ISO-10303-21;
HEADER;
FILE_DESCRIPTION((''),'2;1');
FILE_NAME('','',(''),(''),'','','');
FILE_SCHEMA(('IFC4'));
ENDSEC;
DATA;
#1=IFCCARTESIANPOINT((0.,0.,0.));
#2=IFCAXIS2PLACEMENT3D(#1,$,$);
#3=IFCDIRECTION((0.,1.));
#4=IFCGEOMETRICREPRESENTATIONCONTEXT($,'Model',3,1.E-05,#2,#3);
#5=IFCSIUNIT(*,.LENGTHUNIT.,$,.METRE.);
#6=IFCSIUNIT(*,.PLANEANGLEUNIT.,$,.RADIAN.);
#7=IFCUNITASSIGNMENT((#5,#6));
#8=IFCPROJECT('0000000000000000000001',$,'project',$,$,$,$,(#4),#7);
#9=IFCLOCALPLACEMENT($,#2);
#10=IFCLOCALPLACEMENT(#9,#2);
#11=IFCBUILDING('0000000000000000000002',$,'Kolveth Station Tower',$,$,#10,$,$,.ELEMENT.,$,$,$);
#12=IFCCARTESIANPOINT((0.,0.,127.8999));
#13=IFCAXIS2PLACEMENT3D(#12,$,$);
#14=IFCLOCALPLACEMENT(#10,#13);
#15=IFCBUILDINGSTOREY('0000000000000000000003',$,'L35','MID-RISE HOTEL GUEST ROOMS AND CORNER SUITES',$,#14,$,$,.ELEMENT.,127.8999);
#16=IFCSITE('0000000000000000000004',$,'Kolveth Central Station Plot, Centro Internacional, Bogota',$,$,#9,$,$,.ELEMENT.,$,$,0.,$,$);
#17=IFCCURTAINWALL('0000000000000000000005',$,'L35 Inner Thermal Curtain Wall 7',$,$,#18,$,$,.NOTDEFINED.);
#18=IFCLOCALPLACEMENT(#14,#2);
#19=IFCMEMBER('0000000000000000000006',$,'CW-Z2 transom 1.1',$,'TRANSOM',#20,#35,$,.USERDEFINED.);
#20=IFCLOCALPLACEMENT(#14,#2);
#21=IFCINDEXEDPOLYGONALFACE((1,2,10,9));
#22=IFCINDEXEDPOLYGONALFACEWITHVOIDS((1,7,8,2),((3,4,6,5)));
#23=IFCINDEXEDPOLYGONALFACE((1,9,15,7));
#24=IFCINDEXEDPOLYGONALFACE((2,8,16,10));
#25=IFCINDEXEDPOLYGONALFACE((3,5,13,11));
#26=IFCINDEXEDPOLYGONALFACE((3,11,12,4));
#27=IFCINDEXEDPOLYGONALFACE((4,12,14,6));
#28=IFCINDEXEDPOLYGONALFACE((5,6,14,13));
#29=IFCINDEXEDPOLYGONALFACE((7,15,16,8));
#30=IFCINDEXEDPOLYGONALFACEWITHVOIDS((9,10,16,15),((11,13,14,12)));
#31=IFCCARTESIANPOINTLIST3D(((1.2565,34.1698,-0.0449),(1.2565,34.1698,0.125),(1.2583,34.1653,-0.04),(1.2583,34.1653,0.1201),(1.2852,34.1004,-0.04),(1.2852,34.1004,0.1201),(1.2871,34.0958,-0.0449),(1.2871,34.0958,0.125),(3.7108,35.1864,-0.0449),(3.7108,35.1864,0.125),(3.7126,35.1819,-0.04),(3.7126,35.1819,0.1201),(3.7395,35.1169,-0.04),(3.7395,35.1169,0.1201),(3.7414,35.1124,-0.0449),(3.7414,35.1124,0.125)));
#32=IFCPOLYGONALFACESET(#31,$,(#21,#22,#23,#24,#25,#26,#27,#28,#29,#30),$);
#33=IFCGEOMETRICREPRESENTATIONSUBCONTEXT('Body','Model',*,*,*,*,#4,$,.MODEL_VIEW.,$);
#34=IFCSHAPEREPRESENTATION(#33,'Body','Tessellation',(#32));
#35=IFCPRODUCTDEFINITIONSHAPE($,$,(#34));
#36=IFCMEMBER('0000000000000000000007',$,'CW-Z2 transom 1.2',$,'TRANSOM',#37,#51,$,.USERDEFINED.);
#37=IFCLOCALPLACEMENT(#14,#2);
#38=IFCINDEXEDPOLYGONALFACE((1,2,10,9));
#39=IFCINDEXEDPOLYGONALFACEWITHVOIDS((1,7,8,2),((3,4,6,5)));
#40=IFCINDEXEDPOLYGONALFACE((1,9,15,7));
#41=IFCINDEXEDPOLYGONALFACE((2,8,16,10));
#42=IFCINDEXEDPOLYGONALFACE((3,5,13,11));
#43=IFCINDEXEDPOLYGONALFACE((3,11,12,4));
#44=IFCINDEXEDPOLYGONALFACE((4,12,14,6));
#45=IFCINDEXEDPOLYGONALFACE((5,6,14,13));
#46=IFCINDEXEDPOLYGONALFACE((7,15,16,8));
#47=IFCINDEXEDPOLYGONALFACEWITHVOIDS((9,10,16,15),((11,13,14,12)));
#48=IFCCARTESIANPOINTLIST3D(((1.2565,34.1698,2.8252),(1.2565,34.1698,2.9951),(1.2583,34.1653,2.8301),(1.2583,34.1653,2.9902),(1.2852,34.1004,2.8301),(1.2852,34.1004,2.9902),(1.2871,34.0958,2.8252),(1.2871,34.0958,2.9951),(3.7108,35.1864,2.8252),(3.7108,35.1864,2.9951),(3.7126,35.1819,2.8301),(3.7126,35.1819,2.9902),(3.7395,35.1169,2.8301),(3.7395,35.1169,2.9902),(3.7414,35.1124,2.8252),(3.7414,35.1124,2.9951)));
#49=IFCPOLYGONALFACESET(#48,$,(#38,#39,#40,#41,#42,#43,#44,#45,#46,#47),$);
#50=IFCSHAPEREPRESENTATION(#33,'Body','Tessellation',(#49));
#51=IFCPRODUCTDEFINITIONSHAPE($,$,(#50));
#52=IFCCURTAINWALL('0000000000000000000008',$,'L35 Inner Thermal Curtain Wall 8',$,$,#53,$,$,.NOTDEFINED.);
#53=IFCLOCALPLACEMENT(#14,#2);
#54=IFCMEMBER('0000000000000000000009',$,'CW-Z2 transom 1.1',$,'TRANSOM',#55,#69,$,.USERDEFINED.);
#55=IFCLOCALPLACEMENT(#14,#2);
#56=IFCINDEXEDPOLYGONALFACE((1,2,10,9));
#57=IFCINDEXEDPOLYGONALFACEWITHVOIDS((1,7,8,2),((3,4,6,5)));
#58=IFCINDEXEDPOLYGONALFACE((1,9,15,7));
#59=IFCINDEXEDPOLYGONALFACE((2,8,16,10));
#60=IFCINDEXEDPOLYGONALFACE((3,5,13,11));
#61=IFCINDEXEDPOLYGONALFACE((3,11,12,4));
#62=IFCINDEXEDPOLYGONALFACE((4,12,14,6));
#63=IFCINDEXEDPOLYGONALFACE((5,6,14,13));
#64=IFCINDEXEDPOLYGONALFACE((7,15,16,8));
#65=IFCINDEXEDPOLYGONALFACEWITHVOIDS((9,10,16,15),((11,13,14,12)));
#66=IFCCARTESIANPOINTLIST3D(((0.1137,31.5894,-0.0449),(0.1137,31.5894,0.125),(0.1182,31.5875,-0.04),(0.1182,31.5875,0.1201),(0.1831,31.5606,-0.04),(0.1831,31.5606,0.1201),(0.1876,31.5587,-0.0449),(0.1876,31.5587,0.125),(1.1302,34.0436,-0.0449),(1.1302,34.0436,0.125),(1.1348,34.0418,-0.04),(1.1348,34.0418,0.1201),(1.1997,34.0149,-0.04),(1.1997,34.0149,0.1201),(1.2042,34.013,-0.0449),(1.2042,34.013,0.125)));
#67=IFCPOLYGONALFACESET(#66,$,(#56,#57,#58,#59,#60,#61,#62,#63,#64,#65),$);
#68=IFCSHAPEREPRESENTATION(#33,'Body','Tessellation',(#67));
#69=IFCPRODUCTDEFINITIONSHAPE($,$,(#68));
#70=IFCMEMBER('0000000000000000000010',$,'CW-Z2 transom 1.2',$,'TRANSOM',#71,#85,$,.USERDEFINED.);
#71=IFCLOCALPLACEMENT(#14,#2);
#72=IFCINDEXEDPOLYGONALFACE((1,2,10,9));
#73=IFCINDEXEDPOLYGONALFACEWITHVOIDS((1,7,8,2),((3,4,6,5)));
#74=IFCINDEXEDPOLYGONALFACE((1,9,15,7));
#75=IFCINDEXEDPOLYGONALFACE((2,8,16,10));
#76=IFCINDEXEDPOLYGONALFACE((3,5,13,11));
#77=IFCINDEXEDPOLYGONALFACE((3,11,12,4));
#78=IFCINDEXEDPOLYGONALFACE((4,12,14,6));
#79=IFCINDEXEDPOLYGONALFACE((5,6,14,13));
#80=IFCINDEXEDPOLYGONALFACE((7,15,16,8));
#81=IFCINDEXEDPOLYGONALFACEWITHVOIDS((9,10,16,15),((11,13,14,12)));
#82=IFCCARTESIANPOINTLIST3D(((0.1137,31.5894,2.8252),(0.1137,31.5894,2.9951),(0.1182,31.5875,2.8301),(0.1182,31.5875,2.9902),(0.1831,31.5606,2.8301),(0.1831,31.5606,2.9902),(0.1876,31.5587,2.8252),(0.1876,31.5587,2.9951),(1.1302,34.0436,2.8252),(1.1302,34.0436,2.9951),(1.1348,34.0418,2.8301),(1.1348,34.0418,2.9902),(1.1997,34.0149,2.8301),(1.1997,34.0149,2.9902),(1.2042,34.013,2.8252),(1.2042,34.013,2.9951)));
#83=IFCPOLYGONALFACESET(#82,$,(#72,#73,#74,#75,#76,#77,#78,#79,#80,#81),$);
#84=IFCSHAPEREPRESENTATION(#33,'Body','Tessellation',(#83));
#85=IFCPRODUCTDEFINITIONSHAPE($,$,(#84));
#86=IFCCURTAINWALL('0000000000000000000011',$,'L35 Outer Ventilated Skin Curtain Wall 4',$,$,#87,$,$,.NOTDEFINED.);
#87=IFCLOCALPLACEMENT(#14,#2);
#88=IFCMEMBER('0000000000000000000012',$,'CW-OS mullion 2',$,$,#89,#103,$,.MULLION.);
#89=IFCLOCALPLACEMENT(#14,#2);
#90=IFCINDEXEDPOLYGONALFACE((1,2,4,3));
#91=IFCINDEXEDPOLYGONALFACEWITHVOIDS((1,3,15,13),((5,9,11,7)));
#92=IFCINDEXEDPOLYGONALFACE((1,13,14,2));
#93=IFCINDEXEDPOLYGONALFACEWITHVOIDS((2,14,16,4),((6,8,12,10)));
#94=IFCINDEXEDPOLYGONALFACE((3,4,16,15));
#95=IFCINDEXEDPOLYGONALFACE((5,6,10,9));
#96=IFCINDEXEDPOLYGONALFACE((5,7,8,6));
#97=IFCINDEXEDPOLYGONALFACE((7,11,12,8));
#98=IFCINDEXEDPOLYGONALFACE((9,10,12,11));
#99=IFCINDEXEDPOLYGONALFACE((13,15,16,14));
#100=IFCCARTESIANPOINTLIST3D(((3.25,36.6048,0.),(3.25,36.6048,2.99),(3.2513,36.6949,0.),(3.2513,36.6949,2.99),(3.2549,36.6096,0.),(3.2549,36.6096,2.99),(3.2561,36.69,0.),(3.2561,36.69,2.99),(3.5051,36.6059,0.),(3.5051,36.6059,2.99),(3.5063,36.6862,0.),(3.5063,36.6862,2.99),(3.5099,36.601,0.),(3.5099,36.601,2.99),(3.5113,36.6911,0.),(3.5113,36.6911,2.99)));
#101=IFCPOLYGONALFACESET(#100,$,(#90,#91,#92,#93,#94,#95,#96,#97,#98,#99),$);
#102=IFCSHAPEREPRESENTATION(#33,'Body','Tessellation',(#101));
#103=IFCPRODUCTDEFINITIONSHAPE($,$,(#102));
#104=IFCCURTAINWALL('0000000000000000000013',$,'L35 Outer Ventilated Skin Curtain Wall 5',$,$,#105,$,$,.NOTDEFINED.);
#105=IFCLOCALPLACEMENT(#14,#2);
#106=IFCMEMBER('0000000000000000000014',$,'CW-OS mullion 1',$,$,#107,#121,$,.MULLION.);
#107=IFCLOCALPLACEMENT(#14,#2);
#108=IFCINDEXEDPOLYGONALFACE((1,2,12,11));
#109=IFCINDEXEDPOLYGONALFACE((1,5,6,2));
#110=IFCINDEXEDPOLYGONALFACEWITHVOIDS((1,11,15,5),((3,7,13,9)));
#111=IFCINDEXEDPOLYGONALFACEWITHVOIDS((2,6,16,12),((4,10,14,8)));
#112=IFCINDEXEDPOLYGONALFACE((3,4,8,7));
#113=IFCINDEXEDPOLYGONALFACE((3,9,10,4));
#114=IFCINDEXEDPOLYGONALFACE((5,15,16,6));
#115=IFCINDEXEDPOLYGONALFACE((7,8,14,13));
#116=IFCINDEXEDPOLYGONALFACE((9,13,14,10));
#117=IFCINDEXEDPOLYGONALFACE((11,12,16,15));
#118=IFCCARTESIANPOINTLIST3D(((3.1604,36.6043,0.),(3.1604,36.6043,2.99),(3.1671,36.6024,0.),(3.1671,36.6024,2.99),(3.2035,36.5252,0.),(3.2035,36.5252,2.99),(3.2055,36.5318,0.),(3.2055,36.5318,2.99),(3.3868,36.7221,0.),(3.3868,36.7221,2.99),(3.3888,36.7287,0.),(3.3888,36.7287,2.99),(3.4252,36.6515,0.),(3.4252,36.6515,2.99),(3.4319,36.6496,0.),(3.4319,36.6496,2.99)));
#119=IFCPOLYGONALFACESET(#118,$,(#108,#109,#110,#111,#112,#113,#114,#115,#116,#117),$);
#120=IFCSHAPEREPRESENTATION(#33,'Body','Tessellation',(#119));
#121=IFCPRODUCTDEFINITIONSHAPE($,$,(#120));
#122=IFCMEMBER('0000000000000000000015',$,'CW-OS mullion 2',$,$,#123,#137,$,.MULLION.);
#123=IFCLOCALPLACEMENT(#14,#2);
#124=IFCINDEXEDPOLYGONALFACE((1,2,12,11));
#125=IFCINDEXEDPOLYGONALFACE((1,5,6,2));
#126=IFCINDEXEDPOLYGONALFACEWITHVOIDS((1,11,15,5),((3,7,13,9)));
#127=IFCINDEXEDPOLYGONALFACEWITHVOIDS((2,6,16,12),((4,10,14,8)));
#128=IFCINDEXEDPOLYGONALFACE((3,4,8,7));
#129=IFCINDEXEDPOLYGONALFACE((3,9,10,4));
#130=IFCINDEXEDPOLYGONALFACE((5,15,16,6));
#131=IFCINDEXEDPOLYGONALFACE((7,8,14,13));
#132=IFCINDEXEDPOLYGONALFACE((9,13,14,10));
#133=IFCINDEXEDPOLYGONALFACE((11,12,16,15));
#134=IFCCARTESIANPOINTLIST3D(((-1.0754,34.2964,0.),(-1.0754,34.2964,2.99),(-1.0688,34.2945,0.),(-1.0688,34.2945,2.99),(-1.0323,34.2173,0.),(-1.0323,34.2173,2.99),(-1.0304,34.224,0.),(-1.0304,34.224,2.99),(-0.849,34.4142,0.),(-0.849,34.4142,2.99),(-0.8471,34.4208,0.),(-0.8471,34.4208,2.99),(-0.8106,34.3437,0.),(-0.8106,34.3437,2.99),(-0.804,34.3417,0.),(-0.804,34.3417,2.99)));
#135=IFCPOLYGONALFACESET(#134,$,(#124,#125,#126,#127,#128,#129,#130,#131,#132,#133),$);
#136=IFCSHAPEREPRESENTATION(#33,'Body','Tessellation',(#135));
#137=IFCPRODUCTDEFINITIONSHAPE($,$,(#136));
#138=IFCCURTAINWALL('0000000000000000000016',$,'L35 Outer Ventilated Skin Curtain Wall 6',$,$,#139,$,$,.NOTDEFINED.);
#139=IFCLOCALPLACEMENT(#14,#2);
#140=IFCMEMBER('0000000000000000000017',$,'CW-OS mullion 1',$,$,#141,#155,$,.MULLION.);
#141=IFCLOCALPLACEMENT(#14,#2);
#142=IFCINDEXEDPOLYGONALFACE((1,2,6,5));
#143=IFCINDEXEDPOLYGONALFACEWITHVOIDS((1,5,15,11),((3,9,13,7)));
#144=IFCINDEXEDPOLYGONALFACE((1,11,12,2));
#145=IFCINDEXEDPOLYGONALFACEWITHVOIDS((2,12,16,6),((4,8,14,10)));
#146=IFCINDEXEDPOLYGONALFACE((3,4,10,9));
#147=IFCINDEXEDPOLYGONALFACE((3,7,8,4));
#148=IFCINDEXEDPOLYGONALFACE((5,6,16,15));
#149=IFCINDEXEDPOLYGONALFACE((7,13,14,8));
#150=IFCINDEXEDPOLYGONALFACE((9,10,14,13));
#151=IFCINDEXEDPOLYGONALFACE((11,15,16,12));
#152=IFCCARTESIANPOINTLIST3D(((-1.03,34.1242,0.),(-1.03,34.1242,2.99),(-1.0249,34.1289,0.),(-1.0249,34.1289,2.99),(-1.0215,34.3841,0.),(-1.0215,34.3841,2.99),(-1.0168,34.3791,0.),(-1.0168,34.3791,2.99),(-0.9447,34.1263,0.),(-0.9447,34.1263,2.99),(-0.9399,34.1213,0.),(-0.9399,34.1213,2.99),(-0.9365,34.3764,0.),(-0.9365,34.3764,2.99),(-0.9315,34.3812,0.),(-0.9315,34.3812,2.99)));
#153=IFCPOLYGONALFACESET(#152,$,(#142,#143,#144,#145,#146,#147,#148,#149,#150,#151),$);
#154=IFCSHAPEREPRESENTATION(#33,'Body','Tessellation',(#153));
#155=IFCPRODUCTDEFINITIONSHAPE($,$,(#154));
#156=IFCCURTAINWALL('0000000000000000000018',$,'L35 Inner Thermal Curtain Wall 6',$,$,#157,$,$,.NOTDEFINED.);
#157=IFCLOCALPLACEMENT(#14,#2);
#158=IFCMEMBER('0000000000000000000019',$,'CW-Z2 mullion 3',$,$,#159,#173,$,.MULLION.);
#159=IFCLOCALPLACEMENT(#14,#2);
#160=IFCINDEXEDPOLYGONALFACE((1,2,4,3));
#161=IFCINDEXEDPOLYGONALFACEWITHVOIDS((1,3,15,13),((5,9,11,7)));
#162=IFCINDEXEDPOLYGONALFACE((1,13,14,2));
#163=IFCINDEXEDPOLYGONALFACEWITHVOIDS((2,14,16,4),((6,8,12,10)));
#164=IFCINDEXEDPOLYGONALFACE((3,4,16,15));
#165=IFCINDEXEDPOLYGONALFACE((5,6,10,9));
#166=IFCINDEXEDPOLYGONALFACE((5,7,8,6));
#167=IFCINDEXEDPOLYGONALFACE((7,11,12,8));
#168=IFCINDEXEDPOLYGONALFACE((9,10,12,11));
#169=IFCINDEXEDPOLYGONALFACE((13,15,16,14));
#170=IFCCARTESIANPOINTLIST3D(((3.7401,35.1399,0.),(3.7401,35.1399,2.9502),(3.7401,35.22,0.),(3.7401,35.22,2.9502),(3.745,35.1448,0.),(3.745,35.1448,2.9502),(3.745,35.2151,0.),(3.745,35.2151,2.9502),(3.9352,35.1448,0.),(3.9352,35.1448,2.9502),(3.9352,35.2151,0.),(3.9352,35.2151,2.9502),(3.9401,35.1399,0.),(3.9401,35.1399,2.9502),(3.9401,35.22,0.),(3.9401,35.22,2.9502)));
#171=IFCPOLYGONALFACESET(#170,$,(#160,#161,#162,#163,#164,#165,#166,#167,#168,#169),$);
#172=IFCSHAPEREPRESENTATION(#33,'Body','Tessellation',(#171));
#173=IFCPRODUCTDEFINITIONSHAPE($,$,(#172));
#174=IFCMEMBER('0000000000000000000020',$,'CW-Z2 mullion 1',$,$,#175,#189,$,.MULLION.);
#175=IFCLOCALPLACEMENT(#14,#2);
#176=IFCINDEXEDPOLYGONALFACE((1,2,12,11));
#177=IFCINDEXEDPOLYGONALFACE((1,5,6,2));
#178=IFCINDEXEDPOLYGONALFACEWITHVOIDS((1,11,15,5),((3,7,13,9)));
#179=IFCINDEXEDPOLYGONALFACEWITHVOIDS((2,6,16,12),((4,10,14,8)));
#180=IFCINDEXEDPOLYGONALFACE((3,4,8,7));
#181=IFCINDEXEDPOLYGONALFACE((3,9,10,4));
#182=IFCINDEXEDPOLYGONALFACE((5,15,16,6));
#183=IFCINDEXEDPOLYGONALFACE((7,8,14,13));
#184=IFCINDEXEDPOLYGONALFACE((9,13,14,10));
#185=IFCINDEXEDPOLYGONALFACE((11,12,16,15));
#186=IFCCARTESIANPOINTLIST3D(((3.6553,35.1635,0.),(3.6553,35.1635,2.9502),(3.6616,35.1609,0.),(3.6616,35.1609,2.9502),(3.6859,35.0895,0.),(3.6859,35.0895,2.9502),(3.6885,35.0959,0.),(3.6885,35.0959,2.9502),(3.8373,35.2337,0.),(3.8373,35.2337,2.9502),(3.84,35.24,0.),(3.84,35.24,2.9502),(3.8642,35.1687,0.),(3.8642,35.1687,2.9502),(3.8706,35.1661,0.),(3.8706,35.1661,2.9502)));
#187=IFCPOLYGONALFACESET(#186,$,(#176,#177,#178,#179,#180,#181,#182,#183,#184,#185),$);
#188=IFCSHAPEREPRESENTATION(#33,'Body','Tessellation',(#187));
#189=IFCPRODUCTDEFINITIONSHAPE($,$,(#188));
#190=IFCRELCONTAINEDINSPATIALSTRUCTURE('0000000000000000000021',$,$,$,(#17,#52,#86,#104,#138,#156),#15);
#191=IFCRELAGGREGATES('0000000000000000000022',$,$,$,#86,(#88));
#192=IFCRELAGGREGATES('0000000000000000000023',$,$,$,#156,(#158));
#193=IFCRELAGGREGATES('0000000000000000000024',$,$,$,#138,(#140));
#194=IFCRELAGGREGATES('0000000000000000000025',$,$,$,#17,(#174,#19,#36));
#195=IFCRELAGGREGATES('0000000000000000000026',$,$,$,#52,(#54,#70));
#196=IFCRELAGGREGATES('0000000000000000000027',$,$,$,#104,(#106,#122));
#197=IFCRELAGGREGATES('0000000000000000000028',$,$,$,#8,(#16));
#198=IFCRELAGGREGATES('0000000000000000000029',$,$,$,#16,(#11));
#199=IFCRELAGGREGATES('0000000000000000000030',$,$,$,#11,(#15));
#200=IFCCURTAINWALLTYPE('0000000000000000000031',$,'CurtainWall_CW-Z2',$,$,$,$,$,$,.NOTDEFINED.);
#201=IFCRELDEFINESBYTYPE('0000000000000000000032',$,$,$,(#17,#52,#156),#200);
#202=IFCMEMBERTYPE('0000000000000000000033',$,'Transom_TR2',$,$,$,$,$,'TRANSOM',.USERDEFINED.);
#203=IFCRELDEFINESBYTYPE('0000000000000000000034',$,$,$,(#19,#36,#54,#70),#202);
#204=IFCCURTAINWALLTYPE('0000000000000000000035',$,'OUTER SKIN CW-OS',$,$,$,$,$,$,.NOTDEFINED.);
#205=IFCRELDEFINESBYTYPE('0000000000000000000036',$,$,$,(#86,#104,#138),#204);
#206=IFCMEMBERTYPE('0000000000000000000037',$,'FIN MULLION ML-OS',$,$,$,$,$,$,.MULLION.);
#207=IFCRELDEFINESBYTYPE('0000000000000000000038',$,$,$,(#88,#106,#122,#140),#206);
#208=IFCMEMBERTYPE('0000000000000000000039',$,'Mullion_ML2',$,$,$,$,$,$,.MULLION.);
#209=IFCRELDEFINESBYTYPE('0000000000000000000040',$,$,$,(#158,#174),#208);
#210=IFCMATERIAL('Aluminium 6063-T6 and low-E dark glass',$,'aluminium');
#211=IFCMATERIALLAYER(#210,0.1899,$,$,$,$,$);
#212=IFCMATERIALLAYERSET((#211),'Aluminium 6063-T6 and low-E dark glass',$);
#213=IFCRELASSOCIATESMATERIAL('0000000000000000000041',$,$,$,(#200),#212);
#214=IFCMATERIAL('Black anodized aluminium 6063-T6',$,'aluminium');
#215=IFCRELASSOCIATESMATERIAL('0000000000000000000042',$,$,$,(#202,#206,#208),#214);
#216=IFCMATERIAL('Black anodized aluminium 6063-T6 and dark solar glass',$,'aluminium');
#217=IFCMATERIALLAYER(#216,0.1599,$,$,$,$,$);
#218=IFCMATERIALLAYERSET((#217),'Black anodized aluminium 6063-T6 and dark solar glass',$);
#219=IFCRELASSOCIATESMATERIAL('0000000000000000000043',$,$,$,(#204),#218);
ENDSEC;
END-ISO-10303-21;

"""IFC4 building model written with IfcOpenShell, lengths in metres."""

from ifc_helpers import new_model, si_unit, direction, frame, origin, origin_2d, place, context, subcontext, project, spatial, hollow_rectangle, extrude, source, transform, mapped, material, layer, layer_set, material_profile, profile_set, type_object, element, aggregate, save


model = new_model("IFC4")

# Units and contexts
model_context = context("Model", 3, precision=1e-05, world=origin(), true_north=direction((0.0, 1.0)))
body_context = subcontext(model_context, "Body", "Model", "MODEL_VIEW")
ifc_project = project(units=[si_unit("LENGTHUNIT", "METRE"), si_unit("PLANEANGLEUNIT", "RADIAN")], contexts=[model_context])

# Site, building, storey
site_placement = place(None, origin())
site = spatial("IfcSite", under=ifc_project, at=site_placement, Name="Kolveth Central Station Plot, Centro Internacional, Bogota", CompositionType="ELEMENT", RefElevation=0.0)
building_placement = place(site_placement, origin())
building = spatial("IfcBuilding", under=site, at=building_placement, Name="Kolveth Station Tower", CompositionType="ELEMENT")
storey_placement = place(building_placement, frame((0.0, 0.0, 127.8999)))
storey = spatial("IfcBuildingStorey", under=building, at=storey_placement, Name="L35", Description="MID-RISE HOTEL GUEST ROOMS AND CORNER SUITES", CompositionType="ELEMENT", Elevation=127.8999)

# Curtain walls, members
ifc_material_1 = material(Name="Aluminium 6063-T6 and low-E dark glass", Category="aluminium")
ifc_layer_1 = layer(ifc_material_1, 0.1899)
ifc_layer_set_1 = layer_set([ifc_layer_1], Name="Aluminium 6063-T6 and low-E dark glass")
curtain_wall_type_1 = type_object("IfcCurtainWallType", Name="CurtainWall_CW-Z2", PredefinedType="NOTDEFINED", material=ifc_layer_set_1)
curtain_wall_1_placement = place(storey_placement, origin())
curtain_wall_1 = element("IfcCurtainWall", 1, at=curtain_wall_1_placement, inside=storey, type_object=curtain_wall_type_1, Name="L35 Inner Thermal Curtain Wall 7", PredefinedType="NOTDEFINED")
ifc_material_2 = material(Name="Black anodized aluminium 6063-T6", Category="aluminium")
ifc_material_profile_1 = material_profile(ifc_material_2, hollow_rectangle(XDim=0.0801, YDim=0.1699, WallThickness=0.0049, at=origin_2d()), Name="ALU-80x170x5")
ifc_profile_set_1 = profile_set([ifc_material_profile_1], Name="Black anodized aluminium 6063-T6")
member_type_1 = type_object("IfcMemberType", Name="Transom_TR2", ElementType="TRANSOM", PredefinedType="USERDEFINED", material=ifc_profile_set_1)
shared_shape_1 = source(origin(), body_context, "Body", "SweptSolid", [
    extrude(hollow_rectangle(XDim=0.0801, YDim=0.1699, WallThickness=0.0049, at=origin_2d()), origin(), (0.0, 0.0, 1.0), 2.6565),
])
member_1_placement = place(storey_placement, frame((3.7261, 35.1494, 0.04), z_axis=(-0.923882, -0.382676, 0.0), x_axis=(0.382676, -0.923882, 0.0)))
member_1 = element("IfcMember", 2, at=member_1_placement, type_object=member_type_1, Name="CW-Z2 transom 1.1", ObjectType="TRANSOM", PredefinedType="USERDEFINED", context=body_context, shape_type="MappedRepresentation", body=[
    mapped(shared_shape_1, transform((0.0, 0.0, 0.0), x_axis=(1.0, 0.0, 0.0), y_axis=(0.0, 1.0, 0.0), z_axis=(0.0, 0.0, 1.0), scale=1.0)),
])
member_2_placement = place(storey_placement, frame((3.7261, 35.1494, 2.9102), z_axis=(-0.923882, -0.382676, 0.0), x_axis=(0.382676, -0.923882, 0.0)))
member_2 = element("IfcMember", 3, at=member_2_placement, type_object=member_type_1, Name="CW-Z2 transom 1.2", ObjectType="TRANSOM", PredefinedType="USERDEFINED", context=body_context, shape_type="MappedRepresentation", body=[
    mapped(shared_shape_1, transform((0.0, 0.0, 0.0), x_axis=(1.0, 0.0, 0.0), y_axis=(0.0, 1.0, 0.0), z_axis=(0.0, 0.0, 1.0), scale=1.0)),
])
curtain_wall_2_placement = place(storey_placement, origin())
curtain_wall_2 = element("IfcCurtainWall", 4, at=curtain_wall_2_placement, inside=storey, type_object=curtain_wall_type_1, Name="L35 Inner Thermal Curtain Wall 8", PredefinedType="NOTDEFINED")
member_3_placement = place(storey_placement, frame((1.1672, 34.0283, 0.04), z_axis=(-0.382676, -0.923882, 0.0), x_axis=(0.923882, -0.382676, 0.0)))
member_3 = element("IfcMember", 5, at=member_3_placement, type_object=member_type_1, Name="CW-Z2 transom 1.1", ObjectType="TRANSOM", PredefinedType="USERDEFINED", context=body_context, shape_type="MappedRepresentation", body=[
    mapped(shared_shape_1, transform((0.0, 0.0, 0.0), x_axis=(1.0, 0.0, 0.0), y_axis=(0.0, 1.0, 0.0), z_axis=(0.0, 0.0, 1.0), scale=1.0)),
])
member_4_placement = place(storey_placement, frame((1.1672, 34.0283, 2.9102), z_axis=(-0.382676, -0.923882, 0.0), x_axis=(0.923882, -0.382676, 0.0)))
member_4 = element("IfcMember", 6, at=member_4_placement, type_object=member_type_1, Name="CW-Z2 transom 1.2", ObjectType="TRANSOM", PredefinedType="USERDEFINED", context=body_context, shape_type="MappedRepresentation", body=[
    mapped(shared_shape_1, transform((0.0, 0.0, 0.0), x_axis=(1.0, 0.0, 0.0), y_axis=(0.0, 1.0, 0.0), z_axis=(0.0, 0.0, 1.0), scale=1.0)),
])

# Curtain wall, member
ifc_material_3 = material(Name="Black anodized aluminium 6063-T6 and dark solar glass", Category="aluminium")
ifc_layer_2 = layer(ifc_material_3, 0.1599)
ifc_layer_set_2 = layer_set([ifc_layer_2], Name="Black anodized aluminium 6063-T6 and dark solar glass")
curtain_wall_type_2 = type_object("IfcCurtainWallType", Name="OUTER SKIN CW-OS", PredefinedType="NOTDEFINED", material=ifc_layer_set_2)
curtain_wall_3_placement = place(storey_placement, origin())
curtain_wall_3 = element("IfcCurtainWall", 7, at=curtain_wall_3_placement, inside=storey, type_object=curtain_wall_type_2, Name="L35 Outer Ventilated Skin Curtain Wall 4", PredefinedType="NOTDEFINED")
ifc_material_profile_2 = material_profile(ifc_material_2, hollow_rectangle(XDim=0.0901, YDim=0.26, WallThickness=0.0049, at=origin_2d()), Name="ALU-90x260x5")
ifc_profile_set_2 = profile_set([ifc_material_profile_2], Name="Black anodized aluminium 6063-T6")
member_type_2 = type_object("IfcMemberType", Name="FIN MULLION ML-OS", PredefinedType="MULLION", material=ifc_profile_set_2)
shared_shape_2 = source(origin(), body_context, "Body", "SweptSolid", [
    extrude(hollow_rectangle(XDim=0.0901, YDim=0.26, WallThickness=0.0049, at=origin_2d()), origin(), (0.0, 0.0, 1.0), 2.99),
])
member_5_placement = place(storey_placement, frame((3.3806, 36.6479, 0.0), z_axis=(0.0, 0.0, 1.0), x_axis=(-0.014845, -0.99989, 0.0)))
member_5 = element("IfcMember", 8, at=member_5_placement, type_object=member_type_2, Name="CW-OS mullion 2", PredefinedType="MULLION", context=body_context, shape_type="MappedRepresentation", body=[
    mapped(shared_shape_2, transform((0.0, 0.0, 0.0), x_axis=(1.0, 0.0, 0.0), y_axis=(0.0, 1.0, 0.0), z_axis=(0.0, 0.0, 1.0), scale=1.0)),
])
aggregate(curtain_wall_3, [member_5])

# Curtain wall, members
curtain_wall_4_placement = place(storey_placement, origin())
curtain_wall_4 = element("IfcCurtainWall", 9, at=curtain_wall_4_placement, inside=storey, type_object=curtain_wall_type_2, Name="L35 Outer Ventilated Skin Curtain Wall 5", PredefinedType="NOTDEFINED")
member_6_placement = place(storey_placement, frame((3.2961, 36.627, 0.0), z_axis=(0.0, 0.0, 1.0), x_axis=(0.478431, -0.878125, 0.0)))
member_6 = element("IfcMember", 10, at=member_6_placement, type_object=member_type_2, Name="CW-OS mullion 1", PredefinedType="MULLION", context=body_context, shape_type="MappedRepresentation", body=[
    mapped(shared_shape_2, transform((0.0, 0.0, 0.0), x_axis=(1.0, 0.0, 0.0), y_axis=(0.0, 1.0, 0.0), z_axis=(0.0, 0.0, 1.0), scale=1.0)),
])
member_7_placement = place(storey_placement, frame((-0.9397, 34.3191, 0.0), z_axis=(0.0, 0.0, 1.0), x_axis=(0.478431, -0.878125, 0.0)))
member_7 = element("IfcMember", 11, at=member_7_placement, type_object=member_type_2, Name="CW-OS mullion 2", PredefinedType="MULLION", context=body_context, shape_type="MappedRepresentation", body=[
    mapped(shared_shape_2, transform((0.0, 0.0, 0.0), x_axis=(1.0, 0.0, 0.0), y_axis=(0.0, 1.0, 0.0), z_axis=(0.0, 0.0, 1.0), scale=1.0)),
])

# Curtain walls, members
curtain_wall_5_placement = place(storey_placement, origin())
curtain_wall_5 = element("IfcCurtainWall", 12, at=curtain_wall_5_placement, inside=storey, type_object=curtain_wall_type_2, Name="L35 Outer Ventilated Skin Curtain Wall 6", PredefinedType="NOTDEFINED")
member_8_placement = place(storey_placement, frame((-0.9807, 34.2527, 0.0), z_axis=(0.0, 0.0, 1.0), x_axis=(0.999469, -0.032594, 0.0)))
member_8 = element("IfcMember", 13, at=member_8_placement, type_object=member_type_2, Name="CW-OS mullion 1", PredefinedType="MULLION", context=body_context, shape_type="MappedRepresentation", body=[
    mapped(shared_shape_2, transform((0.0, 0.0, 0.0), x_axis=(1.0, 0.0, 0.0), y_axis=(0.0, 1.0, 0.0), z_axis=(0.0, 0.0, 1.0), scale=1.0)),
])
curtain_wall_6_placement = place(storey_placement, origin())
curtain_wall_6 = element("IfcCurtainWall", 14, at=curtain_wall_6_placement, inside=storey, type_object=curtain_wall_type_1, Name="L35 Inner Thermal Curtain Wall 6", PredefinedType="NOTDEFINED")
ifc_material_profile_3 = material_profile(ifc_material_2, hollow_rectangle(XDim=0.0801, YDim=0.2, WallThickness=0.0049, at=origin_2d()), Name="ALU-80x200x5")
ifc_profile_set_3 = profile_set([ifc_material_profile_3], Name="Black anodized aluminium 6063-T6")
member_type_3 = type_object("IfcMemberType", Name="Mullion_ML2", PredefinedType="MULLION", material=ifc_profile_set_3)
shared_shape_3 = source(origin(), body_context, "Body", "SweptSolid", [
    extrude(hollow_rectangle(XDim=0.0801, YDim=0.2, WallThickness=0.0049, at=origin_2d()), origin(), (0.0, 0.0, 1.0), 2.9502),
])
member_9_placement = place(storey_placement, frame((3.8401, 35.1799, 0.0), z_axis=(0.0, 0.0, 1.0), x_axis=(0.0, -1.0, 0.0)))
member_9 = element("IfcMember", 15, at=member_9_placement, type_object=member_type_3, Name="CW-Z2 mullion 3", PredefinedType="MULLION", context=body_context, shape_type="MappedRepresentation", body=[
    mapped(shared_shape_3, transform((0.0, 0.0, 0.0), x_axis=(1.0, 0.0, 0.0), y_axis=(0.0, 1.0, 0.0), z_axis=(0.0, 0.0, 1.0), scale=1.0)),
])
aggregate(curtain_wall_6, [member_9])

# Member
member_10_placement = place(storey_placement, frame((3.7629, 35.1648, 0.0), z_axis=(0.0, 0.0, 1.0), x_axis=(0.382663, -0.923888, 0.0)))
member_10 = element("IfcMember", 16, at=member_10_placement, type_object=member_type_3, Name="CW-Z2 mullion 1", PredefinedType="MULLION", context=body_context, shape_type="MappedRepresentation", body=[
    mapped(shared_shape_3, transform((0.0, 0.0, 0.0), x_axis=(1.0, 0.0, 0.0), y_axis=(0.0, 1.0, 0.0), z_axis=(0.0, 0.0, 1.0), scale=1.0)),
])
aggregate(curtain_wall_5, [member_8])

aggregate(curtain_wall_1, [member_10, member_1, member_2])
aggregate(curtain_wall_2, [member_3, member_4])
aggregate(curtain_wall_4, [member_6, member_7])

save(model, "model.ifc")
